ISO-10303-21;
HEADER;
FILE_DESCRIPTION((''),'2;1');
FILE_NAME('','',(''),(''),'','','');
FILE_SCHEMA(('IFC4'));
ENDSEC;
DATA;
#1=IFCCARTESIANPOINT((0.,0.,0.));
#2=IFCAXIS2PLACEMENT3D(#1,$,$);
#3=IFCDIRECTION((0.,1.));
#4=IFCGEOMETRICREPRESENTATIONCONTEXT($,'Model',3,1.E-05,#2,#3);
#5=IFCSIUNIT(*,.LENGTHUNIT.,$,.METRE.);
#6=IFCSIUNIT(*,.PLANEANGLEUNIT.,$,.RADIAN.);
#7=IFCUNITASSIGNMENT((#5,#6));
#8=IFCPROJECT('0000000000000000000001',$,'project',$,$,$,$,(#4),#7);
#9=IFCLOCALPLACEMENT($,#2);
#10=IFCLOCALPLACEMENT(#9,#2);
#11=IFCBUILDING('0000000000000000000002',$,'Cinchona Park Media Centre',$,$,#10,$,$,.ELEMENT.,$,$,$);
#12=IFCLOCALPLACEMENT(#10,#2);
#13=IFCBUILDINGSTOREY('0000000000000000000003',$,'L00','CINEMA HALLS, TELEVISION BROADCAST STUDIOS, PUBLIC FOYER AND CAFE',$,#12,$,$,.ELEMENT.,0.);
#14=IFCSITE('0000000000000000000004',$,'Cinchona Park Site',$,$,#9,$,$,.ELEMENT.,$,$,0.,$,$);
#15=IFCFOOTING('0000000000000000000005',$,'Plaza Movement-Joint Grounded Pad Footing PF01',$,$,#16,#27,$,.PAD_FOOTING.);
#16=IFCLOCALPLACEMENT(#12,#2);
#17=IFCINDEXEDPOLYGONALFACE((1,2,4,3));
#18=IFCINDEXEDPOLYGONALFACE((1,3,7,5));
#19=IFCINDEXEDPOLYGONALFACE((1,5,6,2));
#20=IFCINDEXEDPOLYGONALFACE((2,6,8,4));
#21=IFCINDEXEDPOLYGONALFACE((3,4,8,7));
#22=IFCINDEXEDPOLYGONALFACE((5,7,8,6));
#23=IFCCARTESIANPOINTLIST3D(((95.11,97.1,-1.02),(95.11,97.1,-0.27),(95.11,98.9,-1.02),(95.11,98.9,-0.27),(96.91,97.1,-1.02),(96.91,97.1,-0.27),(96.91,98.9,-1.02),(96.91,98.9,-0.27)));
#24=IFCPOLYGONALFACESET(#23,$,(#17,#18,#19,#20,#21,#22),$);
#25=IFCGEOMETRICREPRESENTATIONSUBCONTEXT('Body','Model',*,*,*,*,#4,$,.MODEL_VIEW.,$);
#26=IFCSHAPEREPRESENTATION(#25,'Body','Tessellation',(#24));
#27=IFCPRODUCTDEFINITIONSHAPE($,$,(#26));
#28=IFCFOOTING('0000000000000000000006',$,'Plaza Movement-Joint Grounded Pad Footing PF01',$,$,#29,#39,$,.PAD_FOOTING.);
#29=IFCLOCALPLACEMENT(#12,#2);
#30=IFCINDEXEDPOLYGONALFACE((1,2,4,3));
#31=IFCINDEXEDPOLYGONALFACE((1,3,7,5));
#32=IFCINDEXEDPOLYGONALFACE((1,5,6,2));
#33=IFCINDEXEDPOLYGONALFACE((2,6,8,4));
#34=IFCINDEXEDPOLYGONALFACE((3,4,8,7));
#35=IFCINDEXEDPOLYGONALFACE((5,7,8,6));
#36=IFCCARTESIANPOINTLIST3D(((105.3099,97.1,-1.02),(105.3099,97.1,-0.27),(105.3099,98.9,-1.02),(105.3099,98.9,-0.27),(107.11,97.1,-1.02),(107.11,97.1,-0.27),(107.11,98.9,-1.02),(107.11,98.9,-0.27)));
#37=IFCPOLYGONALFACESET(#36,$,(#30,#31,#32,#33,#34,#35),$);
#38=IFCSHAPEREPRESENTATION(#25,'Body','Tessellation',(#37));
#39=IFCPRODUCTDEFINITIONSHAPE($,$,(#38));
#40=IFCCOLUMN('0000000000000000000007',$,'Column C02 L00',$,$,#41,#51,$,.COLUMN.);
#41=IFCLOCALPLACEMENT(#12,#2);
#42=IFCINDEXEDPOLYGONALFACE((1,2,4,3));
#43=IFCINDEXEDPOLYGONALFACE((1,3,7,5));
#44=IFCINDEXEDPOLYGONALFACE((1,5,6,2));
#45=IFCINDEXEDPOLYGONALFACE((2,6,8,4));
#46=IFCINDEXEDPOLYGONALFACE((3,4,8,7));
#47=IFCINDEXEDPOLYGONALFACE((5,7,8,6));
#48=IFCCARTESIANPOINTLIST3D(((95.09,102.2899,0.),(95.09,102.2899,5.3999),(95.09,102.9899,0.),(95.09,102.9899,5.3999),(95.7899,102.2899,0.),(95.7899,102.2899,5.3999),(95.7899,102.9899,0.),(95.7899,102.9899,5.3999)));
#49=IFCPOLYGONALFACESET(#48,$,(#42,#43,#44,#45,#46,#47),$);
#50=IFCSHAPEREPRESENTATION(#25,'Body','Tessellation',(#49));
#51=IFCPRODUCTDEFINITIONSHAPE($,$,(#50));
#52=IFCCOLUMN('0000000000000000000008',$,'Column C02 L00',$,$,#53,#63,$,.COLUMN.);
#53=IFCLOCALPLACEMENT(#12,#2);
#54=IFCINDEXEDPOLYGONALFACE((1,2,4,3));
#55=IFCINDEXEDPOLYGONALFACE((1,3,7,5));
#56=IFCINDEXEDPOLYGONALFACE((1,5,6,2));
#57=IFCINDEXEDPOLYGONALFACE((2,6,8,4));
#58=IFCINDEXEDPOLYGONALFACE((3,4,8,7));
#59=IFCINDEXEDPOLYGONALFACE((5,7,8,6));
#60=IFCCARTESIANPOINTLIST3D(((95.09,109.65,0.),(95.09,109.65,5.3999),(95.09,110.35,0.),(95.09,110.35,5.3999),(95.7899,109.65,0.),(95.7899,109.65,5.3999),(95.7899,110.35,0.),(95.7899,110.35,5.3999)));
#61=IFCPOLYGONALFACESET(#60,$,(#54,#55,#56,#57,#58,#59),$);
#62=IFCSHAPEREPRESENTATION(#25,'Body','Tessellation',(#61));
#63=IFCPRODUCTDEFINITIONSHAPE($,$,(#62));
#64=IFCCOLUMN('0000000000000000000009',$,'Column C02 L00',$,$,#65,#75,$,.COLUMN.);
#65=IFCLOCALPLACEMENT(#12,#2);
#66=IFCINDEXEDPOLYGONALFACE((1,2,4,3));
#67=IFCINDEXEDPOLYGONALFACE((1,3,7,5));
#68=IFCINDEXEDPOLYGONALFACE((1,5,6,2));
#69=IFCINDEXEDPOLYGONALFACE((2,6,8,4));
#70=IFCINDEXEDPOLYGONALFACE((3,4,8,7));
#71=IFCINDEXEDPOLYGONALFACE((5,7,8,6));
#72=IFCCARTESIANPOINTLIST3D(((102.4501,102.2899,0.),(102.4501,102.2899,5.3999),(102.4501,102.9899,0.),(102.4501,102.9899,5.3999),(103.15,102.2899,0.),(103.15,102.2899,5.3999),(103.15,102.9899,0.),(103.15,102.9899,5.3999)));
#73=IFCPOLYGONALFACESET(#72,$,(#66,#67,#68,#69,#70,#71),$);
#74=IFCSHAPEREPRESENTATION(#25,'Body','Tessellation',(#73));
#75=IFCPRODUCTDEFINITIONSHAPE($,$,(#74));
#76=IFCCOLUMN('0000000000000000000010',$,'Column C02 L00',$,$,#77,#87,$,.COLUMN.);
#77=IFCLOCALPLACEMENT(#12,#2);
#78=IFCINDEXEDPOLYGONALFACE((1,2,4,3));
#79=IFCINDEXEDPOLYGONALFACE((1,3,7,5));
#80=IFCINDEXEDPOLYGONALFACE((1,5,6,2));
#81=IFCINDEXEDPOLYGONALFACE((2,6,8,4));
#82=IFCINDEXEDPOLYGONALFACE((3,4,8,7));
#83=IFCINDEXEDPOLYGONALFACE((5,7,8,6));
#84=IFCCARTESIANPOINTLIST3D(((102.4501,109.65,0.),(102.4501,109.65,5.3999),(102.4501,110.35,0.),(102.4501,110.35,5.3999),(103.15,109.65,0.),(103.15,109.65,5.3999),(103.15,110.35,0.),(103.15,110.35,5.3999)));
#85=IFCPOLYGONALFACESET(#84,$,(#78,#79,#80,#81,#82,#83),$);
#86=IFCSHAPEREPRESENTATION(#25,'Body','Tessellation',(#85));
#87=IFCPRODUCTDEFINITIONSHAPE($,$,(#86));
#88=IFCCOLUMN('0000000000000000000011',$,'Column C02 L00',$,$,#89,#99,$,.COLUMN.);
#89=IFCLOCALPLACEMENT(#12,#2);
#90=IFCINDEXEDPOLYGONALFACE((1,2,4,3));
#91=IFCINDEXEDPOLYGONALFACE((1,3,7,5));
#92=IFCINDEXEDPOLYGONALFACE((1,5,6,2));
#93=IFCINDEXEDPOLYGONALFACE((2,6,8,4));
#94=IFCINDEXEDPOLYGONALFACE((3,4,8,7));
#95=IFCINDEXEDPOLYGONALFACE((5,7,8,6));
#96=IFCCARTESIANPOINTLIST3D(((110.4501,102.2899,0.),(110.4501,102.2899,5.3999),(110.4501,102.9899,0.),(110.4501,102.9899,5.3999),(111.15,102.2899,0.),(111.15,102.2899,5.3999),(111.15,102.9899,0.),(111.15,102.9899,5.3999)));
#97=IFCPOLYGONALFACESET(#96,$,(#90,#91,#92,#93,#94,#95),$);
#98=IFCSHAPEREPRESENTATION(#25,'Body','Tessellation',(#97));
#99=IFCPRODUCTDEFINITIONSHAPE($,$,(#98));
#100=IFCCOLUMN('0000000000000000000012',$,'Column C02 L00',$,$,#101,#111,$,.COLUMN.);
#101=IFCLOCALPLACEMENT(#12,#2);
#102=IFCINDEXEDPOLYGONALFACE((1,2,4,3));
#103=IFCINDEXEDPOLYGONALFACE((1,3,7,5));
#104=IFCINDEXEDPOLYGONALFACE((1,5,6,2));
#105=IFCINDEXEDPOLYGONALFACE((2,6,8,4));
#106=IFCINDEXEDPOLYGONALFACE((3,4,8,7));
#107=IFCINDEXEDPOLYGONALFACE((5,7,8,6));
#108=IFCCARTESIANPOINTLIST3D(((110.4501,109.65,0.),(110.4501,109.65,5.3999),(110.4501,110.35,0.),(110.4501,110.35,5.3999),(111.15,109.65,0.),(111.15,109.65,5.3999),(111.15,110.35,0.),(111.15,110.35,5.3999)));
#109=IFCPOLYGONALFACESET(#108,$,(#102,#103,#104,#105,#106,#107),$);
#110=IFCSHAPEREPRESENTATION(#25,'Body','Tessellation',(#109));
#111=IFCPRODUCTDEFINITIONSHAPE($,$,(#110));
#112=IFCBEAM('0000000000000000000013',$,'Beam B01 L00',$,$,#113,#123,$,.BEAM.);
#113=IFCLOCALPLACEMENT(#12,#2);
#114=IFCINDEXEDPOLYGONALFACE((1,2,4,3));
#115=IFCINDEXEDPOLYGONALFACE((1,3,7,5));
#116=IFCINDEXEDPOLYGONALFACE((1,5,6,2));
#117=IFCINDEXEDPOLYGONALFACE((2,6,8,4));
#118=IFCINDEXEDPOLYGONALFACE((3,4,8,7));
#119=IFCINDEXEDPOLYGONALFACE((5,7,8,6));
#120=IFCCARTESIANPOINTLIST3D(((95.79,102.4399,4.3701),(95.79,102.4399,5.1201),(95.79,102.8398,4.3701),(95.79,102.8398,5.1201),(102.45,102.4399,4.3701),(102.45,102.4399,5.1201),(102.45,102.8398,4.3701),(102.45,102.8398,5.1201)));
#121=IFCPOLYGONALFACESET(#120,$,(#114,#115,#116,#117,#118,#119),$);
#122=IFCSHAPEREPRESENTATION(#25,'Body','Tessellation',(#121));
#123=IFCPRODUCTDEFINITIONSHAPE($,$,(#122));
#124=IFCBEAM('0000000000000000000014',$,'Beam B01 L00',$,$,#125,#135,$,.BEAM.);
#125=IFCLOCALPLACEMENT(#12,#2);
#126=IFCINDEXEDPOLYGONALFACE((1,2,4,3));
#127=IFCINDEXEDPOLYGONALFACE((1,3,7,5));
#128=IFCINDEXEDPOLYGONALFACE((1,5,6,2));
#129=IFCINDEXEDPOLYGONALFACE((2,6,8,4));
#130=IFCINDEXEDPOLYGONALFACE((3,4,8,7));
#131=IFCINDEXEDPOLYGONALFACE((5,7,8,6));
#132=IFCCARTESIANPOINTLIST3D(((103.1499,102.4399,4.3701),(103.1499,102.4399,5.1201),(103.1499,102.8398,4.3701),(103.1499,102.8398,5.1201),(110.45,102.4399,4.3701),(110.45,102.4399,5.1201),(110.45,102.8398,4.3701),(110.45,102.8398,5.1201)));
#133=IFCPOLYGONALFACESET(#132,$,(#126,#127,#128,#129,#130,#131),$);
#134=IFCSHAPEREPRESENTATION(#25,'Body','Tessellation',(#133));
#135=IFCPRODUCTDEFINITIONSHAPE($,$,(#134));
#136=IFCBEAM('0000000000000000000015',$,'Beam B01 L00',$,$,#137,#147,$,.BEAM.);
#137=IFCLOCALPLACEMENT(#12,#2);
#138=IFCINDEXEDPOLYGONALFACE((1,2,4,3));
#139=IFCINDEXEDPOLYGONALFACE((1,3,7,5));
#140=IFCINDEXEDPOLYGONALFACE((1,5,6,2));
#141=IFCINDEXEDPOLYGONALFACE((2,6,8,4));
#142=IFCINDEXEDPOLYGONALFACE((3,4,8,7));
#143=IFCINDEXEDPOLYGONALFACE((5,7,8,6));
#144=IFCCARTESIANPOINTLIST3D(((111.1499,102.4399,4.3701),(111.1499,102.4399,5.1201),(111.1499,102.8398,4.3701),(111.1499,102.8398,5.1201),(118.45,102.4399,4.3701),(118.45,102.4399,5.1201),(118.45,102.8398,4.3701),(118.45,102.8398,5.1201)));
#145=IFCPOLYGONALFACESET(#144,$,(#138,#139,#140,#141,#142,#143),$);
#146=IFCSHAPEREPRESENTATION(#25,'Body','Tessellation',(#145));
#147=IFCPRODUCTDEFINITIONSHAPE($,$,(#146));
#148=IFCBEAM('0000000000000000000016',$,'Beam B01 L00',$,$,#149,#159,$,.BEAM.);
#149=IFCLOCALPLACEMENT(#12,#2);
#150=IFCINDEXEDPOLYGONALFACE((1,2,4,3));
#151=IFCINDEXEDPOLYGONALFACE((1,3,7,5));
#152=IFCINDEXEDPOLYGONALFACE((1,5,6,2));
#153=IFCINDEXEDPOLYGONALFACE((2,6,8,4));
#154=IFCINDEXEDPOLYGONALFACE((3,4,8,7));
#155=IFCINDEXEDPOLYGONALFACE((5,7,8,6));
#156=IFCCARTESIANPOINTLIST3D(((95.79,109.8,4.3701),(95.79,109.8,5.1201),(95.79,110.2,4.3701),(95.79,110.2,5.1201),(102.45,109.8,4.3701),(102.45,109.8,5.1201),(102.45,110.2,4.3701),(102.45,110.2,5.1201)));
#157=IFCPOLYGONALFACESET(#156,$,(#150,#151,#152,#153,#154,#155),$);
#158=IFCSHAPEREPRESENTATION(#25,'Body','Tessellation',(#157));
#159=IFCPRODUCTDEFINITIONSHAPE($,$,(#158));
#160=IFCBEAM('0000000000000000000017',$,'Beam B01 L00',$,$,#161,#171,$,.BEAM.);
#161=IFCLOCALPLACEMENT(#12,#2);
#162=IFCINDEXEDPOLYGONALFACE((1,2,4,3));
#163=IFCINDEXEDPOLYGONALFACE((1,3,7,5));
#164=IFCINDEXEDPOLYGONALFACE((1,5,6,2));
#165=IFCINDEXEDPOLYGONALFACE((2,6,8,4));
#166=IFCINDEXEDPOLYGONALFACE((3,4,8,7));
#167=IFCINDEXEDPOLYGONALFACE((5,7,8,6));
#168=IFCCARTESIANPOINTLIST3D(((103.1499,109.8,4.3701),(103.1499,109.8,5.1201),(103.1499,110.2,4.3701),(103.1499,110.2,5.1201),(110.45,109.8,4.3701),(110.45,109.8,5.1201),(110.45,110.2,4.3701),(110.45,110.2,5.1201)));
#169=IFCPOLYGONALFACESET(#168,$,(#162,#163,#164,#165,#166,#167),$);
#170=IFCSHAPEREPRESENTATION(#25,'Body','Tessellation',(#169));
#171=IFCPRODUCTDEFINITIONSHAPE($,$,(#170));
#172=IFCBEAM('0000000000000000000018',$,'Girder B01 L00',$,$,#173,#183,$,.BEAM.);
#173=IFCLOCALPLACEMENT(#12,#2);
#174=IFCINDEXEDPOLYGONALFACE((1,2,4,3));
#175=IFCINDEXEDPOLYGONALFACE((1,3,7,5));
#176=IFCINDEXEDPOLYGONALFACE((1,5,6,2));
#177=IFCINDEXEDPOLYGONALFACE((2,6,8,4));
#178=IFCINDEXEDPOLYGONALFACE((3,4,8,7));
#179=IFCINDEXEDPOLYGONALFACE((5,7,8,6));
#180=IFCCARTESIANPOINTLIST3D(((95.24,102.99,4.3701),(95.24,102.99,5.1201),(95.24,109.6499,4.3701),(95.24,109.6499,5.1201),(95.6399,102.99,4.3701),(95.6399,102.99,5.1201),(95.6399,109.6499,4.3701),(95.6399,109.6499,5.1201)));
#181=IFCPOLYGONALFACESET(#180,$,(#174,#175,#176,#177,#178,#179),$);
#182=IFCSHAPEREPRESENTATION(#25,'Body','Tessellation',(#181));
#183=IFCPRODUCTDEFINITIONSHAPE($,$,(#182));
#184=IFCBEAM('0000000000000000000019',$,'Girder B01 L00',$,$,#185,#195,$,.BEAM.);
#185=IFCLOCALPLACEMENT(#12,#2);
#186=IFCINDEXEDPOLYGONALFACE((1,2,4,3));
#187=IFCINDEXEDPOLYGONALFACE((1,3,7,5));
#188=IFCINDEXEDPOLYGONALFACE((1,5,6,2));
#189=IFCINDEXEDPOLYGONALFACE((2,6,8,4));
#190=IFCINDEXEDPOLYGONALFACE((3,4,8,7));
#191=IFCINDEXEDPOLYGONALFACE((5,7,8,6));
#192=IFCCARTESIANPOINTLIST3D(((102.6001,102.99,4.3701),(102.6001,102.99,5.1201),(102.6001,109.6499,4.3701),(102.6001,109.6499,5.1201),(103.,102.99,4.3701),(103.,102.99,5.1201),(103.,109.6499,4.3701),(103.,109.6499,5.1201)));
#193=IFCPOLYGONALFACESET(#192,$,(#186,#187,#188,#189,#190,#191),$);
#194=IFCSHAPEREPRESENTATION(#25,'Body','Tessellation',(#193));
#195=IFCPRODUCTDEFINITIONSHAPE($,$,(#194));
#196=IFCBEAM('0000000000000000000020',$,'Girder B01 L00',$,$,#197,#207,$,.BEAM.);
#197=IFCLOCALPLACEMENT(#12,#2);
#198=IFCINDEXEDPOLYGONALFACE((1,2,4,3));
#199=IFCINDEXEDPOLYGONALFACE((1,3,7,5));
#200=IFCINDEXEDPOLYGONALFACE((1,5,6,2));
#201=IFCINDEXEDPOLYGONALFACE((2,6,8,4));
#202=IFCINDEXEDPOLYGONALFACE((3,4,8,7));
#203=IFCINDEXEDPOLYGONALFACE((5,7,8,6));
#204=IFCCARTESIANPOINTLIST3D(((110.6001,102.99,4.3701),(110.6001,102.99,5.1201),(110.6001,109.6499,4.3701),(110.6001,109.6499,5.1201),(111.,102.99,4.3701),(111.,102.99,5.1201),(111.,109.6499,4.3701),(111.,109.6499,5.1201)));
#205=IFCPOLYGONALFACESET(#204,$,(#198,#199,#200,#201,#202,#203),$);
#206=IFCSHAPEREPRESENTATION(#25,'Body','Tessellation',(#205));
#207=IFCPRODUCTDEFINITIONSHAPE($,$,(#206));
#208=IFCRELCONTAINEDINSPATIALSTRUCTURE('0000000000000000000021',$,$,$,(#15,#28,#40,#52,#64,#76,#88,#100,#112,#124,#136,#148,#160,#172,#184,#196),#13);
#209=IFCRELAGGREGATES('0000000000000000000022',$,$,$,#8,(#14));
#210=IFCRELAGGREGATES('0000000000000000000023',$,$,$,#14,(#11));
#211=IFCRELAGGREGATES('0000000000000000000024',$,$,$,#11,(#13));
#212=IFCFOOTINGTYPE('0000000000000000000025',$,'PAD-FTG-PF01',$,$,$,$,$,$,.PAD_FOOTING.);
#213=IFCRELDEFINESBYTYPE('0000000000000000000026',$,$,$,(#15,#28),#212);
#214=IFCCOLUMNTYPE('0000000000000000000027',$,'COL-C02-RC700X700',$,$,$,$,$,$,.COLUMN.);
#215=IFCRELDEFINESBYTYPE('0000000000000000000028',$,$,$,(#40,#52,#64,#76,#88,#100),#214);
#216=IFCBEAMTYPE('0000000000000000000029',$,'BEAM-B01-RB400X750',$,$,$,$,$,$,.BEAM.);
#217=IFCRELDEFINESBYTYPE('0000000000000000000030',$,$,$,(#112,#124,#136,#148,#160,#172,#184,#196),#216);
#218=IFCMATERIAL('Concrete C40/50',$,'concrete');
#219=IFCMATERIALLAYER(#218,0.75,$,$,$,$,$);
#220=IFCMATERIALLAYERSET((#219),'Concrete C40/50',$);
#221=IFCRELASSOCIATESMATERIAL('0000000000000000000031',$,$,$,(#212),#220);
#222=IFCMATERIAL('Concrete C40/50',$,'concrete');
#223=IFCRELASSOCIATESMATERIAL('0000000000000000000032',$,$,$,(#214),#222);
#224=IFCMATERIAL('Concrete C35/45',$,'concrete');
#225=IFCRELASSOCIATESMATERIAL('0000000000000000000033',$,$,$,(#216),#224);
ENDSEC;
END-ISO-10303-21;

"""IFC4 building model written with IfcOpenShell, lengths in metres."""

from ifc_helpers import new_model, si_unit, direction, frame, origin, origin_2d, place, context, subcontext, project, spatial, rectangle, extrude, material, layer, layer_set, material_profile, profile_set, type_object, element, save


model = new_model("IFC4")

# Units and contexts
model_context = context("Model", 3, precision=1e-05, world=origin(), true_north=direction((0.0, 1.0)))
body_context = subcontext(model_context, "Body", "Model", "MODEL_VIEW")
ifc_project = project(units=[si_unit("LENGTHUNIT", "METRE"), si_unit("PLANEANGLEUNIT", "RADIAN")], contexts=[model_context])

# Site, building, storey
site_placement = place(None, origin())
site = spatial("IfcSite", under=ifc_project, at=site_placement, Name="Cinchona Park Site", CompositionType="ELEMENT", RefElevation=0.0)
building_placement = place(site_placement, origin())
building = spatial("IfcBuilding", under=site, at=building_placement, Name="Cinchona Park Media Centre", CompositionType="ELEMENT")
storey_placement = place(building_placement, origin())
storey = spatial("IfcBuildingStorey", under=building, at=storey_placement, Name="L00", Description="CINEMA HALLS, TELEVISION BROADCAST STUDIOS, PUBLIC FOYER AND CAFE", CompositionType="ELEMENT", Elevation=0.0)

# Footings
ifc_material_1 = material(Name="Concrete C40/50", Category="concrete")
ifc_layer_1 = layer(ifc_material_1, 0.75)
ifc_layer_set_1 = layer_set([ifc_layer_1], Name="Concrete C40/50")
footing_type = type_object("IfcFootingType", Name="PAD-FTG-PF01", PredefinedType="PAD_FOOTING", material=ifc_layer_set_1)
for number, where, z_axis, x_axis, name in (
    (1, (96.01, 98.0, -1.02), (0.0, 0.0, 1.0), (1.0, 0.0, 0.0), "Plaza Movement-Joint Grounded Pad Footing PF01"),
    (2, (106.21, 98.0, -1.02), (0.0, 0.0, 1.0), (1.0, 0.0, 0.0), "Plaza Movement-Joint Grounded Pad Footing PF01"),
):
    element("IfcFooting", number, at=place(storey_placement, frame(where, z_axis=z_axis, x_axis=x_axis)), inside=storey, type_object=footing_type, Name=name, PredefinedType="PAD_FOOTING", context=body_context, shape_type="SweptSolid", body=[
        extrude(rectangle(XDim=1.8, YDim=1.8, at=origin_2d()), origin(), (0.0, 0.0, 1.0), 0.75),
    ])

# Columns
ifc_material_2 = material(Name="Concrete C40/50", Category="concrete")
ifc_material_profile_1 = material_profile(ifc_material_2, rectangle(XDim=0.7, YDim=0.7, at=origin_2d()), Name="RC 700X700")
ifc_profile_set_1 = profile_set([ifc_material_profile_1], Name="Concrete C40/50")
column_type = type_object("IfcColumnType", Name="COL-C02-RC700X700", PredefinedType="COLUMN", material=ifc_profile_set_1)
for number, where, z_axis, x_axis, name in (
    (3, (95.4399, 102.6399, 0.0), (0.0, 0.0, 1.0), (1.0, 0.0, 0.0), "Column C02 L00"),
    (4, (95.4399, 110.0, 0.0), (0.0, 0.0, 1.0), (1.0, 0.0, 0.0), "Column C02 L00"),
    (5, (102.8, 102.6399, 0.0), (0.0, 0.0, 1.0), (1.0, 0.0, 0.0), "Column C02 L00"),
    (6, (102.8, 110.0, 0.0), (0.0, 0.0, 1.0), (1.0, 0.0, 0.0), "Column C02 L00"),
    (7, (110.8, 102.6399, 0.0), (0.0, 0.0, 1.0), (1.0, 0.0, 0.0), "Column C02 L00"),
    (8, (110.8, 110.0, 0.0), (0.0, 0.0, 1.0), (1.0, 0.0, 0.0), "Column C02 L00"),
):
    element("IfcColumn", number, at=place(storey_placement, frame(where, z_axis=z_axis, x_axis=x_axis)), inside=storey, type_object=column_type, Name=name, PredefinedType="COLUMN", context=body_context, shape_type="SweptSolid", body=[
        extrude(rectangle(XDim=0.7, YDim=0.7, at=origin_2d()), origin(), (0.0, 0.0, 1.0), 5.3999),
    ])

# Beams
ifc_material_3 = material(Name="Concrete C35/45", Category="concrete")
ifc_material_profile_2 = material_profile(ifc_material_3, rectangle(XDim=0.3999, YDim=0.75, at=origin_2d()), Name="RB 400X750")
ifc_profile_set_2 = profile_set([ifc_material_profile_2], Name="Concrete C35/45")
beam_type_1 = type_object("IfcBeamType", Name="BEAM-B01-RB400X750", PredefinedType="BEAM", material=ifc_profile_set_2)
beam_1_placement = place(storey_placement, frame((95.79, 102.6399, 4.7451), z_axis=(1.0, 0.0, 0.0), x_axis=(0.0, 1.0, 0.0)))
element("IfcBeam", 9, at=beam_1_placement, inside=storey, type_object=beam_type_1, Name="Beam B01 L00", PredefinedType="BEAM", context=body_context, shape_type="SweptSolid", body=[
    extrude(rectangle(XDim=0.3999, YDim=0.75, at=origin_2d()), origin(), (0.0, 0.0, 1.0), 6.6599),
])
for number, where, z_axis, x_axis, name in (
    (10, (103.1499, 102.6399, 4.7451), (1.0, 0.0, 0.0), (0.0, 1.0, 0.0), "Beam B01 L00"),
    (11, (111.1499, 102.6399, 4.7451), (1.0, 0.0, 0.0), (0.0, 1.0, 0.0), "Beam B01 L00"),
):
    element("IfcBeam", number, at=place(storey_placement, frame(where, z_axis=z_axis, x_axis=x_axis)), inside=storey, type_object=beam_type_1, Name=name, PredefinedType="BEAM", context=body_context, shape_type="SweptSolid", body=[
        extrude(rectangle(XDim=0.3999, YDim=0.75, at=origin_2d()), origin(), (0.0, 0.0, 1.0), 7.3),
    ])
beam_2_placement = place(storey_placement, frame((95.79, 110.0, 4.7451), z_axis=(1.0, 0.0, 0.0), x_axis=(0.0, 1.0, 0.0)))
element("IfcBeam", 12, at=beam_2_placement, inside=storey, type_object=beam_type_1, Name="Beam B01 L00", PredefinedType="BEAM", context=body_context, shape_type="SweptSolid", body=[
    extrude(rectangle(XDim=0.3999, YDim=0.75, at=origin_2d()), origin(), (0.0, 0.0, 1.0), 6.6599),
])
beam_3_placement = place(storey_placement, frame((103.1499, 110.0, 4.7451), z_axis=(1.0, 0.0, 0.0), x_axis=(0.0, 1.0, 0.0)))
element("IfcBeam", 13, at=beam_3_placement, inside=storey, type_object=beam_type_1, Name="Beam B01 L00", PredefinedType="BEAM", context=body_context, shape_type="SweptSolid", body=[
    extrude(rectangle(XDim=0.3999, YDim=0.75, at=origin_2d()), origin(), (0.0, 0.0, 1.0), 7.3),
])
for number, where, z_axis, x_axis, name in (
    (14, (95.4399, 102.99, 4.7451), (0.0, 1.0, 0.0), (-1.0, 0.0, 0.0), "Girder B01 L00"),
    (15, (102.8, 102.99, 4.7451), (0.0, 1.0, 0.0), (-1.0, 0.0, 0.0), "Girder B01 L00"),
    (16, (110.8, 102.99, 4.7451), (0.0, 1.0, 0.0), (-1.0, 0.0, 0.0), "Girder B01 L00"),
):
    element("IfcBeam", number, at=place(storey_placement, frame(where, z_axis=z_axis, x_axis=x_axis)), inside=storey, type_object=beam_type_1, Name=name, PredefinedType="BEAM", context=body_context, shape_type="SweptSolid", body=[
        extrude(rectangle(XDim=0.3999, YDim=0.75, at=origin_2d()), origin(), (0.0, 0.0, 1.0), 6.6599),
    ])

save(model, "model.ifc")
